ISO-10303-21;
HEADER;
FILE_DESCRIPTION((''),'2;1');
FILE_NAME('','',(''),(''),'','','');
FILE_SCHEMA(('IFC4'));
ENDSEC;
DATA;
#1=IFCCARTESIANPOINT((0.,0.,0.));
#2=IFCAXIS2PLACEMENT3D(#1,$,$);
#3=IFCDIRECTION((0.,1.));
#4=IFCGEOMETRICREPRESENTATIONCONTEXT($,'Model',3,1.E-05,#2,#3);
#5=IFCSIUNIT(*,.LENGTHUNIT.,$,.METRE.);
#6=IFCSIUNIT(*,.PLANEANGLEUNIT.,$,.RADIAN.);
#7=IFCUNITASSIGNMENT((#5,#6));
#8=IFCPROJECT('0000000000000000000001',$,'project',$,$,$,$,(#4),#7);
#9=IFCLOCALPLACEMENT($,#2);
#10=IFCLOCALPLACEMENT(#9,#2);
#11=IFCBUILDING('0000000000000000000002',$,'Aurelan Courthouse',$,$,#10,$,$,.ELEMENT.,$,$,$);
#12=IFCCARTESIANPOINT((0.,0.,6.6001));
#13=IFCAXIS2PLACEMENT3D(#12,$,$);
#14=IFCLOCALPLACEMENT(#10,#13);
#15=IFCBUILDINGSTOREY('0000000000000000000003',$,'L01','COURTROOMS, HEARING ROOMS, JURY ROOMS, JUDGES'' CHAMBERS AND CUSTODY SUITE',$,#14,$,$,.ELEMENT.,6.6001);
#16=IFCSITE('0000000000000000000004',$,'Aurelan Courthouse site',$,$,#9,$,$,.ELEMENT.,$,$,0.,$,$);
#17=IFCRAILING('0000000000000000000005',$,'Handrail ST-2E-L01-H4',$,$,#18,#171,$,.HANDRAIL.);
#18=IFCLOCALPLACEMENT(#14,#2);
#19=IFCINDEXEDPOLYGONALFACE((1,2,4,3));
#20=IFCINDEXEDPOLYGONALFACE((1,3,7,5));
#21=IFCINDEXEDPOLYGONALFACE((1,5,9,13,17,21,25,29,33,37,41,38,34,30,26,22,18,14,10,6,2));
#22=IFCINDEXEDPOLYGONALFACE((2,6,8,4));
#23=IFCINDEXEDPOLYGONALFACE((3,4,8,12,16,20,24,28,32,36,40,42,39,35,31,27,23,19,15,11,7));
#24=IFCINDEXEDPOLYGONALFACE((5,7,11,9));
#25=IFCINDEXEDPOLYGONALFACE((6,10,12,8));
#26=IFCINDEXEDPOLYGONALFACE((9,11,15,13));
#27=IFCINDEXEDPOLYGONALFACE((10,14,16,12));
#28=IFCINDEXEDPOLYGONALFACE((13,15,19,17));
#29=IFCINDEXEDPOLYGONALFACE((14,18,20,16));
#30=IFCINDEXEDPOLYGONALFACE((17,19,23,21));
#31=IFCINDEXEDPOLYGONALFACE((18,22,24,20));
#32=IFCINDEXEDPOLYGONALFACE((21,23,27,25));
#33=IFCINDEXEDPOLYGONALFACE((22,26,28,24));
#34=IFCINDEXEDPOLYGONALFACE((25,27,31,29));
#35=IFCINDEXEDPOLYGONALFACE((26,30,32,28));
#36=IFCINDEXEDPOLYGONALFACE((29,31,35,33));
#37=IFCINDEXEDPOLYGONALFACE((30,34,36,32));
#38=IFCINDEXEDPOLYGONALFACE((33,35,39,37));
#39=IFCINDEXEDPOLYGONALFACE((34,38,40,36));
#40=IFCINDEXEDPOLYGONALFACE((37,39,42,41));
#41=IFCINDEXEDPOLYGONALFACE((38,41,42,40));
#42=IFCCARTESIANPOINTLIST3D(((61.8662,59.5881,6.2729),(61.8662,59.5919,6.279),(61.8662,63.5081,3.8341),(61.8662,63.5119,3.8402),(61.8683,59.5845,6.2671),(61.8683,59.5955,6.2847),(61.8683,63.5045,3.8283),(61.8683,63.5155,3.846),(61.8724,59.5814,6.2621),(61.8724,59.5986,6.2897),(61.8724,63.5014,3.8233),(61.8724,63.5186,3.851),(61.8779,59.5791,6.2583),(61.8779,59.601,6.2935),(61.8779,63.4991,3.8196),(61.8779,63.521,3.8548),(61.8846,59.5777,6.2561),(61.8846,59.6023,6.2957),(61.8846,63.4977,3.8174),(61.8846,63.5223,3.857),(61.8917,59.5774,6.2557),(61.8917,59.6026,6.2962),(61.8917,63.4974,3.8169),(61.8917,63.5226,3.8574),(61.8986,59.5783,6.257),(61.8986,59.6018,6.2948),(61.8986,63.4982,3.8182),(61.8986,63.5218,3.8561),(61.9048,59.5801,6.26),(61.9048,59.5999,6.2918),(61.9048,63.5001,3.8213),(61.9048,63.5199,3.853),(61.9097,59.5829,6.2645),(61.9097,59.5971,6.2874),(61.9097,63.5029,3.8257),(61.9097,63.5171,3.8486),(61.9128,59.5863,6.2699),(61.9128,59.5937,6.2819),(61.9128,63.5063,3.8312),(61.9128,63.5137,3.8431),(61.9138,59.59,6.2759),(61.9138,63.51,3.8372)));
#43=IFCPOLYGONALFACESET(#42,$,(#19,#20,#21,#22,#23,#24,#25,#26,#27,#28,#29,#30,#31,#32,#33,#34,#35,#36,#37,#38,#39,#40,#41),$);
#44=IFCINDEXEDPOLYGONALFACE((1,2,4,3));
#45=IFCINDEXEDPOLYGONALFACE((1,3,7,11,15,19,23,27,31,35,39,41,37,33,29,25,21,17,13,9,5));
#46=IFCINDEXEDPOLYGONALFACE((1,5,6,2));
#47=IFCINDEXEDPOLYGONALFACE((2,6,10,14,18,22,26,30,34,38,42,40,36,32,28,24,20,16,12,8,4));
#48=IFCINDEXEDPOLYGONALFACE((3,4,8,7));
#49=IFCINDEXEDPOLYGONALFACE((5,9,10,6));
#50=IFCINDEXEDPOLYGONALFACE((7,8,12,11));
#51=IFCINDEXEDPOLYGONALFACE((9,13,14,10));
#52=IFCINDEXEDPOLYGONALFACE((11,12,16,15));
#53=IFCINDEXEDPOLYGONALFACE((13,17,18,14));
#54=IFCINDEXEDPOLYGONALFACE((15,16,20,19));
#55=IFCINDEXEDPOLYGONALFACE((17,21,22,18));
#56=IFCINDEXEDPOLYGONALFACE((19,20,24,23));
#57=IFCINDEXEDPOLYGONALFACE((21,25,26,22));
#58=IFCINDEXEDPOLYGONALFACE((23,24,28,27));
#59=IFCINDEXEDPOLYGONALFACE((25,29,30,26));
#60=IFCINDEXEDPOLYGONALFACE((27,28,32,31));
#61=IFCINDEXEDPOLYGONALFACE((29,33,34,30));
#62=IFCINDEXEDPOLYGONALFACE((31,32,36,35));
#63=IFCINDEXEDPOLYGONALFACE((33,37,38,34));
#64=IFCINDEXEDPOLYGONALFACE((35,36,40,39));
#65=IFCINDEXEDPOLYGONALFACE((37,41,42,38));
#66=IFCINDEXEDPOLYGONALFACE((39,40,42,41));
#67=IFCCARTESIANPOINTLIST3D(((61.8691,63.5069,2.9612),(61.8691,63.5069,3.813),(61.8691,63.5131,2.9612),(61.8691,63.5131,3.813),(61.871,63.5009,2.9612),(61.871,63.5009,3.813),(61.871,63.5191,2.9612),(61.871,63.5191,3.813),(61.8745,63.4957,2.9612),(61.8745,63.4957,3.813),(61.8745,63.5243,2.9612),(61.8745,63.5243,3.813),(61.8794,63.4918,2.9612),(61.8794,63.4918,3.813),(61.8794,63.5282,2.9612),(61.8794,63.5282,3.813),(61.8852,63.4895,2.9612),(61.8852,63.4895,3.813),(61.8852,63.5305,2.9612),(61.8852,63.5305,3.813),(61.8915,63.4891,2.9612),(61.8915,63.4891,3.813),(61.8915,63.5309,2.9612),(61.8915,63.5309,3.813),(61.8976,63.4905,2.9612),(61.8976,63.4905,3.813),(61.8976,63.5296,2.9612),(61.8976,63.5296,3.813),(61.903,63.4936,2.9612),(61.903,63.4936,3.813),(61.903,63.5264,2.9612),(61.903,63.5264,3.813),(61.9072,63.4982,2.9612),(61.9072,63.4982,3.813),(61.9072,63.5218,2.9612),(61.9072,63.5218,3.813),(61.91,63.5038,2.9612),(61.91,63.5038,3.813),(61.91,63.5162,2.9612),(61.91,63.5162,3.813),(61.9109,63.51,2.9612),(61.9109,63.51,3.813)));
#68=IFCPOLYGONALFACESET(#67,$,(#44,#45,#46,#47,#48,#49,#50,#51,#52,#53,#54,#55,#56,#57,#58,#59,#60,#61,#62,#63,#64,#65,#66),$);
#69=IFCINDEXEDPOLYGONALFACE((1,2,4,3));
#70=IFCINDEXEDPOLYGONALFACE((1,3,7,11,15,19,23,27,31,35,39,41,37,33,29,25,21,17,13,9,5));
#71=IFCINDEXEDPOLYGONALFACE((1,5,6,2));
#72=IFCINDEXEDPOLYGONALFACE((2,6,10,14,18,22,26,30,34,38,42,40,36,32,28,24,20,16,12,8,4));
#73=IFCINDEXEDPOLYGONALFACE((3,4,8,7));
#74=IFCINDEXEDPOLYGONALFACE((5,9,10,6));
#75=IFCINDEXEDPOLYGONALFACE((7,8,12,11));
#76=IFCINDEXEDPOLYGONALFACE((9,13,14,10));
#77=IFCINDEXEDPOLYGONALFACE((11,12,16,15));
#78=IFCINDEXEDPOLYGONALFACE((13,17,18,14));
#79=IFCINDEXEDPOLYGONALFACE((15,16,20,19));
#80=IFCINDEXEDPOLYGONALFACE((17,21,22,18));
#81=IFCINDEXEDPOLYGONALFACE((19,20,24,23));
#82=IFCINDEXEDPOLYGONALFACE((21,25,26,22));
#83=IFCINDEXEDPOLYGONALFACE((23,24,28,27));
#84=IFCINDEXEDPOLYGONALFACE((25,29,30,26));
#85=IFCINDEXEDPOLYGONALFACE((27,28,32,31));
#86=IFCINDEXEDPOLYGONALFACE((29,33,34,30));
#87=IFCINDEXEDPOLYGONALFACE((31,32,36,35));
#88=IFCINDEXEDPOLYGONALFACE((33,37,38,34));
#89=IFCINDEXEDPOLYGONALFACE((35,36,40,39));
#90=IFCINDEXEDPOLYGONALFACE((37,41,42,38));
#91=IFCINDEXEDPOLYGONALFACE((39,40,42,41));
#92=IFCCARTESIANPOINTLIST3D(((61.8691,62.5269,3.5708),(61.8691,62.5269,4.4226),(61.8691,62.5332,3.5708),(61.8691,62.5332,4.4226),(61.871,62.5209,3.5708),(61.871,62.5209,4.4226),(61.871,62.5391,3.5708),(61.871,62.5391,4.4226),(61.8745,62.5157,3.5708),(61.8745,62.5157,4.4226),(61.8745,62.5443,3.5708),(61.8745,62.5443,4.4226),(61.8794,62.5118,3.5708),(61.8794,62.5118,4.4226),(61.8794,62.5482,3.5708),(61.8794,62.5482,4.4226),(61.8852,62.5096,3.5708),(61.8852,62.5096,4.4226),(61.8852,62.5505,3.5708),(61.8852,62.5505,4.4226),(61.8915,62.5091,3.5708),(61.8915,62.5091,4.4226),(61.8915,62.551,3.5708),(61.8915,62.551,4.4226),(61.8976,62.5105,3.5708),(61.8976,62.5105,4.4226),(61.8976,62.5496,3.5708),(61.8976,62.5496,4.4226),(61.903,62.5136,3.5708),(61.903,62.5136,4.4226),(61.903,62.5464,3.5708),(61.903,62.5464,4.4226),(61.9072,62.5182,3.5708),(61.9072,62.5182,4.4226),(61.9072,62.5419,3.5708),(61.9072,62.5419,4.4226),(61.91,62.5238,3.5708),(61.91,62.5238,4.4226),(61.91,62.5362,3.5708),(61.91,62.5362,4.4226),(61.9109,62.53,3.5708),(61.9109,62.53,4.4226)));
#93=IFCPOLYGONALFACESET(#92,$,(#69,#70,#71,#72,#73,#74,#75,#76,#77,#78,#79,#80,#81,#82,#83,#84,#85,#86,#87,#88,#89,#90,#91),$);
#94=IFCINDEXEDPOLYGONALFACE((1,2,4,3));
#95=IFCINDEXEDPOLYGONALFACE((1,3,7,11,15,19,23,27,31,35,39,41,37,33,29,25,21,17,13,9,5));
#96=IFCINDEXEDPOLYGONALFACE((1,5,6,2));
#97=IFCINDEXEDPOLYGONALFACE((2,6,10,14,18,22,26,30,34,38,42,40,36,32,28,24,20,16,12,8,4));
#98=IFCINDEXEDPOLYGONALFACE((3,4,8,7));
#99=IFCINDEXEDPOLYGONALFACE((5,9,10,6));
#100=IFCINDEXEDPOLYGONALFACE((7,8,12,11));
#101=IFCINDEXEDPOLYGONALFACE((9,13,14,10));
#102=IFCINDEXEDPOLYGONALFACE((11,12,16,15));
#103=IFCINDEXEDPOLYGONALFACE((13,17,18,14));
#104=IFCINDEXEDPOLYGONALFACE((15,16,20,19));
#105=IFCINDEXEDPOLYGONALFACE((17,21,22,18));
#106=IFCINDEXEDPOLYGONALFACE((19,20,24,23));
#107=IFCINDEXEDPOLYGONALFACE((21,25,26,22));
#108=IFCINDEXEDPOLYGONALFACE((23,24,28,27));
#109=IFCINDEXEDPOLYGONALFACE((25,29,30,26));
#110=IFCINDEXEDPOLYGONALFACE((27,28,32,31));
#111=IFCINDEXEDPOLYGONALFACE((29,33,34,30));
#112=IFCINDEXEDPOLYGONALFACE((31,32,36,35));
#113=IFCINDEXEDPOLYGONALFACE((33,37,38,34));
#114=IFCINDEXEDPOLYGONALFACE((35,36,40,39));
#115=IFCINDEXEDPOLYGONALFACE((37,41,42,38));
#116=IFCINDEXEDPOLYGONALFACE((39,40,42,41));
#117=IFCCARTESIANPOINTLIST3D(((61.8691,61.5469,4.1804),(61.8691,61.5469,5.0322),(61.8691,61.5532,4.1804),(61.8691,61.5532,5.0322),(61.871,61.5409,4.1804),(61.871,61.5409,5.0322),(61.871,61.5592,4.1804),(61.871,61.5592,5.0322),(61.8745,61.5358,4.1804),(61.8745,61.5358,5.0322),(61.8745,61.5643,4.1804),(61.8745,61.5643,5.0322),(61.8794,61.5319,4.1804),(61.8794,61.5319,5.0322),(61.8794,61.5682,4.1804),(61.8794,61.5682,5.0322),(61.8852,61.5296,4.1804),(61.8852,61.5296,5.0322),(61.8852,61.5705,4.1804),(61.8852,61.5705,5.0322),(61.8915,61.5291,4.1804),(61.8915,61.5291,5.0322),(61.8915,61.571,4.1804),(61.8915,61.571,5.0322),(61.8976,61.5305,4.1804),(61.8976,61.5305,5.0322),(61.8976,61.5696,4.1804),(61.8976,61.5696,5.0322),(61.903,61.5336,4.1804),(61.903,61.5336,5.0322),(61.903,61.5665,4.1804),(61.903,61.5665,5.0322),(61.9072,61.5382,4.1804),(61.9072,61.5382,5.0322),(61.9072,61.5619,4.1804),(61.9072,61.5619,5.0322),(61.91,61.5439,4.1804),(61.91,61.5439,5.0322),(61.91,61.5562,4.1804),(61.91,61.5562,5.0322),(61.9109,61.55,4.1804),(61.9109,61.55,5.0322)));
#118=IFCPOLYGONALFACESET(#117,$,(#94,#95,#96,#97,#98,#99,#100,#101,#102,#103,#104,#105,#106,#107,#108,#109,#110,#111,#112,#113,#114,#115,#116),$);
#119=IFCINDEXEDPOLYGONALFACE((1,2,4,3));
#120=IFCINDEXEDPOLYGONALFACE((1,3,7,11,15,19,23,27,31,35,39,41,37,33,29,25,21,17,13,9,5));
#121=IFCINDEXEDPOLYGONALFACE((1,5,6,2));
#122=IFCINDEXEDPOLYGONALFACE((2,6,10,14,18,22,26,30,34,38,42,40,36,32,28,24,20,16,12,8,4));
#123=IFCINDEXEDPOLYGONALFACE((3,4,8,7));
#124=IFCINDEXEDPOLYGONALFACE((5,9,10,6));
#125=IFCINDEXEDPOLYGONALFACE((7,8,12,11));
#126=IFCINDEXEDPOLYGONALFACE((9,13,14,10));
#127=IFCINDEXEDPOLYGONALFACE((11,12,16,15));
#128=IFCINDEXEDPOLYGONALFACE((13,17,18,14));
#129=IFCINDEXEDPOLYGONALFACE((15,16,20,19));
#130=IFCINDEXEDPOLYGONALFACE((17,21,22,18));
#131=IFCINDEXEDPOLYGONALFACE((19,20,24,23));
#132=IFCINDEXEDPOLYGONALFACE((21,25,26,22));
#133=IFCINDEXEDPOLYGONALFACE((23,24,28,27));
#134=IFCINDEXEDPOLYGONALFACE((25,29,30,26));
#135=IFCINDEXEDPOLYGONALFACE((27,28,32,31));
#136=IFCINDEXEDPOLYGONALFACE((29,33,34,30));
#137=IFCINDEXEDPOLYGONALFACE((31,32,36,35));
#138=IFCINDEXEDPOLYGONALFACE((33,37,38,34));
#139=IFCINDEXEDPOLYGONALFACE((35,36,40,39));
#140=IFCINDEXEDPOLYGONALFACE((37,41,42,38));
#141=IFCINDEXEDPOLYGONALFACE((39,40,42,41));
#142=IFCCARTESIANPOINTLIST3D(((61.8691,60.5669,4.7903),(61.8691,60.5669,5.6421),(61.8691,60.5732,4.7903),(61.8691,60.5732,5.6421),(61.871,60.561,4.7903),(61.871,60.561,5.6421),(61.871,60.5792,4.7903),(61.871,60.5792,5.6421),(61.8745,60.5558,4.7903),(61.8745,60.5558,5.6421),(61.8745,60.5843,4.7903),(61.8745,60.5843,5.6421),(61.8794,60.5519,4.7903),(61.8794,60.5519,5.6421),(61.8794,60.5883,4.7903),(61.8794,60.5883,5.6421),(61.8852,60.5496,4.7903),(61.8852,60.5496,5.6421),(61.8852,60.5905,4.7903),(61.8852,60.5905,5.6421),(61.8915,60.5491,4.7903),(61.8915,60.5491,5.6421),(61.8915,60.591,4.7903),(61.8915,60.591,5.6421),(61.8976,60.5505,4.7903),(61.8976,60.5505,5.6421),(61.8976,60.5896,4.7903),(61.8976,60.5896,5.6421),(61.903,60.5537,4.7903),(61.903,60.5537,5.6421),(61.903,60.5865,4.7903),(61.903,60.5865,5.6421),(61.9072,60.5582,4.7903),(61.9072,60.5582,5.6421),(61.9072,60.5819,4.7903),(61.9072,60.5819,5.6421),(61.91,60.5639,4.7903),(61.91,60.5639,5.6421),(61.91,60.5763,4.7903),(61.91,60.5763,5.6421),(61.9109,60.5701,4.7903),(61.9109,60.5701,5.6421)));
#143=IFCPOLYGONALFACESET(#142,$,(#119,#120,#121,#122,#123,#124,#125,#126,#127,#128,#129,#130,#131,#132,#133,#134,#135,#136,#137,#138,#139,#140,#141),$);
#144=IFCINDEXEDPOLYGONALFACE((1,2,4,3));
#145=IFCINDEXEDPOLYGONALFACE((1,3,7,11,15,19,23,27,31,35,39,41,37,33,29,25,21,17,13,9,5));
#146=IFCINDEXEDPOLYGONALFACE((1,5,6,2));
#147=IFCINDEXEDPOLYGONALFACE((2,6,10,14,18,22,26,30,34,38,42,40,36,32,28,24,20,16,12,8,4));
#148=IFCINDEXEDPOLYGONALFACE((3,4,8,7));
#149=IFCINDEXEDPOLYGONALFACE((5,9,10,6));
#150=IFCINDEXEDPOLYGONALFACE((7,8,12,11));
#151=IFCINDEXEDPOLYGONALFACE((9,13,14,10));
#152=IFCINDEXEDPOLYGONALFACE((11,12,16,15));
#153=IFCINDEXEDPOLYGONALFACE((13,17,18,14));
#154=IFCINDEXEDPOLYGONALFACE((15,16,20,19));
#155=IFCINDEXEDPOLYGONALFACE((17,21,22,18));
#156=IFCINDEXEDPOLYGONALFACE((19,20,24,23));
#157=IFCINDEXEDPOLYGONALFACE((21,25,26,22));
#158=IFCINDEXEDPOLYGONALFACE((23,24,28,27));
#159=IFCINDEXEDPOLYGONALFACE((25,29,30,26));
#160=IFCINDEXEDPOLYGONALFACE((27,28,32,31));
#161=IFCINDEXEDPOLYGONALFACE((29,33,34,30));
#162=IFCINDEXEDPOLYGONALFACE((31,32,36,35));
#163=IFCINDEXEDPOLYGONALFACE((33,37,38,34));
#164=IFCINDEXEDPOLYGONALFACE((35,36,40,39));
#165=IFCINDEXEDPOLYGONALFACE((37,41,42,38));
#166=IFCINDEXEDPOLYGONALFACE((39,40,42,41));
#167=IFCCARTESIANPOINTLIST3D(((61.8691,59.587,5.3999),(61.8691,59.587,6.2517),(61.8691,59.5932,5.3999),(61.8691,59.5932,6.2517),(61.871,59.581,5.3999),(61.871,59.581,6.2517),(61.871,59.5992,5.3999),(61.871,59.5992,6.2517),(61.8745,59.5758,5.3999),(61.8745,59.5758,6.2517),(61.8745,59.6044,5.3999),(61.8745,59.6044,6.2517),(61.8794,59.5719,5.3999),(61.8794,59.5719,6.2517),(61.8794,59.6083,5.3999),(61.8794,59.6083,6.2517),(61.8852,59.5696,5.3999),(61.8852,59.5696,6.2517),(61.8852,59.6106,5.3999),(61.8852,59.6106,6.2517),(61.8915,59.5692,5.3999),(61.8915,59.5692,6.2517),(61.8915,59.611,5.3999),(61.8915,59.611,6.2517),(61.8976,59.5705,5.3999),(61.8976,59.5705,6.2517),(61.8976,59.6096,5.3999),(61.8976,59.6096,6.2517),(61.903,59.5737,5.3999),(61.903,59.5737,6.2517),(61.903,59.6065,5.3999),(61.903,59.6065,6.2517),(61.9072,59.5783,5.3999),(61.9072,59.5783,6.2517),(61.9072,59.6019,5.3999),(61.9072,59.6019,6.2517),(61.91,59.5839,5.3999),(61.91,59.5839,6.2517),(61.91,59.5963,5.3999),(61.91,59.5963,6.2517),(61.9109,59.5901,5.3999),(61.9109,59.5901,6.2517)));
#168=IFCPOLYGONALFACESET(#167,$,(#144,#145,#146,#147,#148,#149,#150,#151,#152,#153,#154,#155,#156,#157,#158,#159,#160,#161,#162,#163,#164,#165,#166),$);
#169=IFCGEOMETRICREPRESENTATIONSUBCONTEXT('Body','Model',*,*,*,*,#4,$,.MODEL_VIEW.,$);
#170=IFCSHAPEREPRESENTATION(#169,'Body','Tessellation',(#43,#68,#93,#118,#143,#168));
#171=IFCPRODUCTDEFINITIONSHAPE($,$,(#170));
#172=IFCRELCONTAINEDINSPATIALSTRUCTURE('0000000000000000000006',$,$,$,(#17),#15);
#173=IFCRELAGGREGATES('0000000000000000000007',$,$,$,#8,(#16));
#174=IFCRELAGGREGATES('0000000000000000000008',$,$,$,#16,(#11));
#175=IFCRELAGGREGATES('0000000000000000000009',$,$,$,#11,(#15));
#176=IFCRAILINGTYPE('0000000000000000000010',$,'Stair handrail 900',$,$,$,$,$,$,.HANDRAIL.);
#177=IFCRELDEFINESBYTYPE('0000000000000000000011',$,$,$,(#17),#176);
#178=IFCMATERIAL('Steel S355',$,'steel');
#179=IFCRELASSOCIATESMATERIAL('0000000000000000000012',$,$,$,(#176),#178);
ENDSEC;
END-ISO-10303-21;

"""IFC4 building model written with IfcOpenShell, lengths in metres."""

from ifc_helpers import new_model, si_unit, direction, frame, origin, origin_2d, place, context, subcontext, project, spatial, circle, extrude, material, type_object, element, save


model = new_model("IFC4")

# Units and contexts
model_context = context("Model", 3, precision=1e-05, world=origin(), true_north=direction((0.0, 1.0)))
body_context = subcontext(model_context, "Body", "Model", "MODEL_VIEW")
ifc_project = project(units=[si_unit("LENGTHUNIT", "METRE"), si_unit("PLANEANGLEUNIT", "RADIAN")], contexts=[model_context])

# Site, building, storey
site_placement = place(None, origin())
site = spatial("IfcSite", under=ifc_project, at=site_placement, Name="Aurelan Courthouse site", CompositionType="ELEMENT", RefElevation=0.0)
building_placement = place(site_placement, origin())
building = spatial("IfcBuilding", under=site, at=building_placement, Name="Aurelan Courthouse", CompositionType="ELEMENT")
storey_placement = place(building_placement, frame((0.0, 0.0, 6.6001)))
storey = spatial("IfcBuildingStorey", under=building, at=storey_placement, Name="L01", Description="COURTROOMS, HEARING ROOMS, JURY ROOMS, JUDGES' CHAMBERS AND CUSTODY SUITE", CompositionType="ELEMENT", Elevation=6.6001)

# Railing
ifc_material_1 = material(Name="Steel S355", Category="steel")
railing_type_1 = type_object("IfcRailingType", Name="Stair handrail 900", PredefinedType="HANDRAIL", material=ifc_material_1)
for number, where, name in (
    (1, (61.8899, 63.51, 2.9612), "Handrail ST-2E-L01-H4"),
):
    element("IfcRailing", number, at=place(storey_placement, frame(where)), inside=storey, type_object=railing_type_1, Name=name, PredefinedType="HANDRAIL", context=body_context, shape_type="SweptSolid", body=[
        extrude(circle(Radius=0.0239, at=origin_2d()), frame((0.0, 0.0, 0.876), z_axis=(0.0, -0.84909, 0.528249), x_axis=(1.0, 0.0, 0.0)), (0.0, 0.0, 1.0), 4.6167),
        extrude(circle(Radius=0.021, at=origin_2d()), origin(), (0.0, 0.0, 1.0), 0.8518),
        extrude(circle(Radius=0.021, at=origin_2d()), frame((0.0, -0.98, 0.6096)), (0.0, 0.0, 1.0), 0.8518),
        extrude(circle(Radius=0.021, at=origin_2d()), frame((0.0, -1.96, 1.2192)), (0.0, 0.0, 1.0), 0.8518),
        extrude(circle(Radius=0.021, at=origin_2d()), frame((0.0, -2.9399, 1.8291)), (0.0, 0.0, 1.0), 0.8518),
        extrude(circle(Radius=0.021, at=origin_2d()), frame((0.0, -3.9199, 2.4387)), (0.0, 0.0, 1.0), 0.8518),
    ])

save(model, "model.ifc")
